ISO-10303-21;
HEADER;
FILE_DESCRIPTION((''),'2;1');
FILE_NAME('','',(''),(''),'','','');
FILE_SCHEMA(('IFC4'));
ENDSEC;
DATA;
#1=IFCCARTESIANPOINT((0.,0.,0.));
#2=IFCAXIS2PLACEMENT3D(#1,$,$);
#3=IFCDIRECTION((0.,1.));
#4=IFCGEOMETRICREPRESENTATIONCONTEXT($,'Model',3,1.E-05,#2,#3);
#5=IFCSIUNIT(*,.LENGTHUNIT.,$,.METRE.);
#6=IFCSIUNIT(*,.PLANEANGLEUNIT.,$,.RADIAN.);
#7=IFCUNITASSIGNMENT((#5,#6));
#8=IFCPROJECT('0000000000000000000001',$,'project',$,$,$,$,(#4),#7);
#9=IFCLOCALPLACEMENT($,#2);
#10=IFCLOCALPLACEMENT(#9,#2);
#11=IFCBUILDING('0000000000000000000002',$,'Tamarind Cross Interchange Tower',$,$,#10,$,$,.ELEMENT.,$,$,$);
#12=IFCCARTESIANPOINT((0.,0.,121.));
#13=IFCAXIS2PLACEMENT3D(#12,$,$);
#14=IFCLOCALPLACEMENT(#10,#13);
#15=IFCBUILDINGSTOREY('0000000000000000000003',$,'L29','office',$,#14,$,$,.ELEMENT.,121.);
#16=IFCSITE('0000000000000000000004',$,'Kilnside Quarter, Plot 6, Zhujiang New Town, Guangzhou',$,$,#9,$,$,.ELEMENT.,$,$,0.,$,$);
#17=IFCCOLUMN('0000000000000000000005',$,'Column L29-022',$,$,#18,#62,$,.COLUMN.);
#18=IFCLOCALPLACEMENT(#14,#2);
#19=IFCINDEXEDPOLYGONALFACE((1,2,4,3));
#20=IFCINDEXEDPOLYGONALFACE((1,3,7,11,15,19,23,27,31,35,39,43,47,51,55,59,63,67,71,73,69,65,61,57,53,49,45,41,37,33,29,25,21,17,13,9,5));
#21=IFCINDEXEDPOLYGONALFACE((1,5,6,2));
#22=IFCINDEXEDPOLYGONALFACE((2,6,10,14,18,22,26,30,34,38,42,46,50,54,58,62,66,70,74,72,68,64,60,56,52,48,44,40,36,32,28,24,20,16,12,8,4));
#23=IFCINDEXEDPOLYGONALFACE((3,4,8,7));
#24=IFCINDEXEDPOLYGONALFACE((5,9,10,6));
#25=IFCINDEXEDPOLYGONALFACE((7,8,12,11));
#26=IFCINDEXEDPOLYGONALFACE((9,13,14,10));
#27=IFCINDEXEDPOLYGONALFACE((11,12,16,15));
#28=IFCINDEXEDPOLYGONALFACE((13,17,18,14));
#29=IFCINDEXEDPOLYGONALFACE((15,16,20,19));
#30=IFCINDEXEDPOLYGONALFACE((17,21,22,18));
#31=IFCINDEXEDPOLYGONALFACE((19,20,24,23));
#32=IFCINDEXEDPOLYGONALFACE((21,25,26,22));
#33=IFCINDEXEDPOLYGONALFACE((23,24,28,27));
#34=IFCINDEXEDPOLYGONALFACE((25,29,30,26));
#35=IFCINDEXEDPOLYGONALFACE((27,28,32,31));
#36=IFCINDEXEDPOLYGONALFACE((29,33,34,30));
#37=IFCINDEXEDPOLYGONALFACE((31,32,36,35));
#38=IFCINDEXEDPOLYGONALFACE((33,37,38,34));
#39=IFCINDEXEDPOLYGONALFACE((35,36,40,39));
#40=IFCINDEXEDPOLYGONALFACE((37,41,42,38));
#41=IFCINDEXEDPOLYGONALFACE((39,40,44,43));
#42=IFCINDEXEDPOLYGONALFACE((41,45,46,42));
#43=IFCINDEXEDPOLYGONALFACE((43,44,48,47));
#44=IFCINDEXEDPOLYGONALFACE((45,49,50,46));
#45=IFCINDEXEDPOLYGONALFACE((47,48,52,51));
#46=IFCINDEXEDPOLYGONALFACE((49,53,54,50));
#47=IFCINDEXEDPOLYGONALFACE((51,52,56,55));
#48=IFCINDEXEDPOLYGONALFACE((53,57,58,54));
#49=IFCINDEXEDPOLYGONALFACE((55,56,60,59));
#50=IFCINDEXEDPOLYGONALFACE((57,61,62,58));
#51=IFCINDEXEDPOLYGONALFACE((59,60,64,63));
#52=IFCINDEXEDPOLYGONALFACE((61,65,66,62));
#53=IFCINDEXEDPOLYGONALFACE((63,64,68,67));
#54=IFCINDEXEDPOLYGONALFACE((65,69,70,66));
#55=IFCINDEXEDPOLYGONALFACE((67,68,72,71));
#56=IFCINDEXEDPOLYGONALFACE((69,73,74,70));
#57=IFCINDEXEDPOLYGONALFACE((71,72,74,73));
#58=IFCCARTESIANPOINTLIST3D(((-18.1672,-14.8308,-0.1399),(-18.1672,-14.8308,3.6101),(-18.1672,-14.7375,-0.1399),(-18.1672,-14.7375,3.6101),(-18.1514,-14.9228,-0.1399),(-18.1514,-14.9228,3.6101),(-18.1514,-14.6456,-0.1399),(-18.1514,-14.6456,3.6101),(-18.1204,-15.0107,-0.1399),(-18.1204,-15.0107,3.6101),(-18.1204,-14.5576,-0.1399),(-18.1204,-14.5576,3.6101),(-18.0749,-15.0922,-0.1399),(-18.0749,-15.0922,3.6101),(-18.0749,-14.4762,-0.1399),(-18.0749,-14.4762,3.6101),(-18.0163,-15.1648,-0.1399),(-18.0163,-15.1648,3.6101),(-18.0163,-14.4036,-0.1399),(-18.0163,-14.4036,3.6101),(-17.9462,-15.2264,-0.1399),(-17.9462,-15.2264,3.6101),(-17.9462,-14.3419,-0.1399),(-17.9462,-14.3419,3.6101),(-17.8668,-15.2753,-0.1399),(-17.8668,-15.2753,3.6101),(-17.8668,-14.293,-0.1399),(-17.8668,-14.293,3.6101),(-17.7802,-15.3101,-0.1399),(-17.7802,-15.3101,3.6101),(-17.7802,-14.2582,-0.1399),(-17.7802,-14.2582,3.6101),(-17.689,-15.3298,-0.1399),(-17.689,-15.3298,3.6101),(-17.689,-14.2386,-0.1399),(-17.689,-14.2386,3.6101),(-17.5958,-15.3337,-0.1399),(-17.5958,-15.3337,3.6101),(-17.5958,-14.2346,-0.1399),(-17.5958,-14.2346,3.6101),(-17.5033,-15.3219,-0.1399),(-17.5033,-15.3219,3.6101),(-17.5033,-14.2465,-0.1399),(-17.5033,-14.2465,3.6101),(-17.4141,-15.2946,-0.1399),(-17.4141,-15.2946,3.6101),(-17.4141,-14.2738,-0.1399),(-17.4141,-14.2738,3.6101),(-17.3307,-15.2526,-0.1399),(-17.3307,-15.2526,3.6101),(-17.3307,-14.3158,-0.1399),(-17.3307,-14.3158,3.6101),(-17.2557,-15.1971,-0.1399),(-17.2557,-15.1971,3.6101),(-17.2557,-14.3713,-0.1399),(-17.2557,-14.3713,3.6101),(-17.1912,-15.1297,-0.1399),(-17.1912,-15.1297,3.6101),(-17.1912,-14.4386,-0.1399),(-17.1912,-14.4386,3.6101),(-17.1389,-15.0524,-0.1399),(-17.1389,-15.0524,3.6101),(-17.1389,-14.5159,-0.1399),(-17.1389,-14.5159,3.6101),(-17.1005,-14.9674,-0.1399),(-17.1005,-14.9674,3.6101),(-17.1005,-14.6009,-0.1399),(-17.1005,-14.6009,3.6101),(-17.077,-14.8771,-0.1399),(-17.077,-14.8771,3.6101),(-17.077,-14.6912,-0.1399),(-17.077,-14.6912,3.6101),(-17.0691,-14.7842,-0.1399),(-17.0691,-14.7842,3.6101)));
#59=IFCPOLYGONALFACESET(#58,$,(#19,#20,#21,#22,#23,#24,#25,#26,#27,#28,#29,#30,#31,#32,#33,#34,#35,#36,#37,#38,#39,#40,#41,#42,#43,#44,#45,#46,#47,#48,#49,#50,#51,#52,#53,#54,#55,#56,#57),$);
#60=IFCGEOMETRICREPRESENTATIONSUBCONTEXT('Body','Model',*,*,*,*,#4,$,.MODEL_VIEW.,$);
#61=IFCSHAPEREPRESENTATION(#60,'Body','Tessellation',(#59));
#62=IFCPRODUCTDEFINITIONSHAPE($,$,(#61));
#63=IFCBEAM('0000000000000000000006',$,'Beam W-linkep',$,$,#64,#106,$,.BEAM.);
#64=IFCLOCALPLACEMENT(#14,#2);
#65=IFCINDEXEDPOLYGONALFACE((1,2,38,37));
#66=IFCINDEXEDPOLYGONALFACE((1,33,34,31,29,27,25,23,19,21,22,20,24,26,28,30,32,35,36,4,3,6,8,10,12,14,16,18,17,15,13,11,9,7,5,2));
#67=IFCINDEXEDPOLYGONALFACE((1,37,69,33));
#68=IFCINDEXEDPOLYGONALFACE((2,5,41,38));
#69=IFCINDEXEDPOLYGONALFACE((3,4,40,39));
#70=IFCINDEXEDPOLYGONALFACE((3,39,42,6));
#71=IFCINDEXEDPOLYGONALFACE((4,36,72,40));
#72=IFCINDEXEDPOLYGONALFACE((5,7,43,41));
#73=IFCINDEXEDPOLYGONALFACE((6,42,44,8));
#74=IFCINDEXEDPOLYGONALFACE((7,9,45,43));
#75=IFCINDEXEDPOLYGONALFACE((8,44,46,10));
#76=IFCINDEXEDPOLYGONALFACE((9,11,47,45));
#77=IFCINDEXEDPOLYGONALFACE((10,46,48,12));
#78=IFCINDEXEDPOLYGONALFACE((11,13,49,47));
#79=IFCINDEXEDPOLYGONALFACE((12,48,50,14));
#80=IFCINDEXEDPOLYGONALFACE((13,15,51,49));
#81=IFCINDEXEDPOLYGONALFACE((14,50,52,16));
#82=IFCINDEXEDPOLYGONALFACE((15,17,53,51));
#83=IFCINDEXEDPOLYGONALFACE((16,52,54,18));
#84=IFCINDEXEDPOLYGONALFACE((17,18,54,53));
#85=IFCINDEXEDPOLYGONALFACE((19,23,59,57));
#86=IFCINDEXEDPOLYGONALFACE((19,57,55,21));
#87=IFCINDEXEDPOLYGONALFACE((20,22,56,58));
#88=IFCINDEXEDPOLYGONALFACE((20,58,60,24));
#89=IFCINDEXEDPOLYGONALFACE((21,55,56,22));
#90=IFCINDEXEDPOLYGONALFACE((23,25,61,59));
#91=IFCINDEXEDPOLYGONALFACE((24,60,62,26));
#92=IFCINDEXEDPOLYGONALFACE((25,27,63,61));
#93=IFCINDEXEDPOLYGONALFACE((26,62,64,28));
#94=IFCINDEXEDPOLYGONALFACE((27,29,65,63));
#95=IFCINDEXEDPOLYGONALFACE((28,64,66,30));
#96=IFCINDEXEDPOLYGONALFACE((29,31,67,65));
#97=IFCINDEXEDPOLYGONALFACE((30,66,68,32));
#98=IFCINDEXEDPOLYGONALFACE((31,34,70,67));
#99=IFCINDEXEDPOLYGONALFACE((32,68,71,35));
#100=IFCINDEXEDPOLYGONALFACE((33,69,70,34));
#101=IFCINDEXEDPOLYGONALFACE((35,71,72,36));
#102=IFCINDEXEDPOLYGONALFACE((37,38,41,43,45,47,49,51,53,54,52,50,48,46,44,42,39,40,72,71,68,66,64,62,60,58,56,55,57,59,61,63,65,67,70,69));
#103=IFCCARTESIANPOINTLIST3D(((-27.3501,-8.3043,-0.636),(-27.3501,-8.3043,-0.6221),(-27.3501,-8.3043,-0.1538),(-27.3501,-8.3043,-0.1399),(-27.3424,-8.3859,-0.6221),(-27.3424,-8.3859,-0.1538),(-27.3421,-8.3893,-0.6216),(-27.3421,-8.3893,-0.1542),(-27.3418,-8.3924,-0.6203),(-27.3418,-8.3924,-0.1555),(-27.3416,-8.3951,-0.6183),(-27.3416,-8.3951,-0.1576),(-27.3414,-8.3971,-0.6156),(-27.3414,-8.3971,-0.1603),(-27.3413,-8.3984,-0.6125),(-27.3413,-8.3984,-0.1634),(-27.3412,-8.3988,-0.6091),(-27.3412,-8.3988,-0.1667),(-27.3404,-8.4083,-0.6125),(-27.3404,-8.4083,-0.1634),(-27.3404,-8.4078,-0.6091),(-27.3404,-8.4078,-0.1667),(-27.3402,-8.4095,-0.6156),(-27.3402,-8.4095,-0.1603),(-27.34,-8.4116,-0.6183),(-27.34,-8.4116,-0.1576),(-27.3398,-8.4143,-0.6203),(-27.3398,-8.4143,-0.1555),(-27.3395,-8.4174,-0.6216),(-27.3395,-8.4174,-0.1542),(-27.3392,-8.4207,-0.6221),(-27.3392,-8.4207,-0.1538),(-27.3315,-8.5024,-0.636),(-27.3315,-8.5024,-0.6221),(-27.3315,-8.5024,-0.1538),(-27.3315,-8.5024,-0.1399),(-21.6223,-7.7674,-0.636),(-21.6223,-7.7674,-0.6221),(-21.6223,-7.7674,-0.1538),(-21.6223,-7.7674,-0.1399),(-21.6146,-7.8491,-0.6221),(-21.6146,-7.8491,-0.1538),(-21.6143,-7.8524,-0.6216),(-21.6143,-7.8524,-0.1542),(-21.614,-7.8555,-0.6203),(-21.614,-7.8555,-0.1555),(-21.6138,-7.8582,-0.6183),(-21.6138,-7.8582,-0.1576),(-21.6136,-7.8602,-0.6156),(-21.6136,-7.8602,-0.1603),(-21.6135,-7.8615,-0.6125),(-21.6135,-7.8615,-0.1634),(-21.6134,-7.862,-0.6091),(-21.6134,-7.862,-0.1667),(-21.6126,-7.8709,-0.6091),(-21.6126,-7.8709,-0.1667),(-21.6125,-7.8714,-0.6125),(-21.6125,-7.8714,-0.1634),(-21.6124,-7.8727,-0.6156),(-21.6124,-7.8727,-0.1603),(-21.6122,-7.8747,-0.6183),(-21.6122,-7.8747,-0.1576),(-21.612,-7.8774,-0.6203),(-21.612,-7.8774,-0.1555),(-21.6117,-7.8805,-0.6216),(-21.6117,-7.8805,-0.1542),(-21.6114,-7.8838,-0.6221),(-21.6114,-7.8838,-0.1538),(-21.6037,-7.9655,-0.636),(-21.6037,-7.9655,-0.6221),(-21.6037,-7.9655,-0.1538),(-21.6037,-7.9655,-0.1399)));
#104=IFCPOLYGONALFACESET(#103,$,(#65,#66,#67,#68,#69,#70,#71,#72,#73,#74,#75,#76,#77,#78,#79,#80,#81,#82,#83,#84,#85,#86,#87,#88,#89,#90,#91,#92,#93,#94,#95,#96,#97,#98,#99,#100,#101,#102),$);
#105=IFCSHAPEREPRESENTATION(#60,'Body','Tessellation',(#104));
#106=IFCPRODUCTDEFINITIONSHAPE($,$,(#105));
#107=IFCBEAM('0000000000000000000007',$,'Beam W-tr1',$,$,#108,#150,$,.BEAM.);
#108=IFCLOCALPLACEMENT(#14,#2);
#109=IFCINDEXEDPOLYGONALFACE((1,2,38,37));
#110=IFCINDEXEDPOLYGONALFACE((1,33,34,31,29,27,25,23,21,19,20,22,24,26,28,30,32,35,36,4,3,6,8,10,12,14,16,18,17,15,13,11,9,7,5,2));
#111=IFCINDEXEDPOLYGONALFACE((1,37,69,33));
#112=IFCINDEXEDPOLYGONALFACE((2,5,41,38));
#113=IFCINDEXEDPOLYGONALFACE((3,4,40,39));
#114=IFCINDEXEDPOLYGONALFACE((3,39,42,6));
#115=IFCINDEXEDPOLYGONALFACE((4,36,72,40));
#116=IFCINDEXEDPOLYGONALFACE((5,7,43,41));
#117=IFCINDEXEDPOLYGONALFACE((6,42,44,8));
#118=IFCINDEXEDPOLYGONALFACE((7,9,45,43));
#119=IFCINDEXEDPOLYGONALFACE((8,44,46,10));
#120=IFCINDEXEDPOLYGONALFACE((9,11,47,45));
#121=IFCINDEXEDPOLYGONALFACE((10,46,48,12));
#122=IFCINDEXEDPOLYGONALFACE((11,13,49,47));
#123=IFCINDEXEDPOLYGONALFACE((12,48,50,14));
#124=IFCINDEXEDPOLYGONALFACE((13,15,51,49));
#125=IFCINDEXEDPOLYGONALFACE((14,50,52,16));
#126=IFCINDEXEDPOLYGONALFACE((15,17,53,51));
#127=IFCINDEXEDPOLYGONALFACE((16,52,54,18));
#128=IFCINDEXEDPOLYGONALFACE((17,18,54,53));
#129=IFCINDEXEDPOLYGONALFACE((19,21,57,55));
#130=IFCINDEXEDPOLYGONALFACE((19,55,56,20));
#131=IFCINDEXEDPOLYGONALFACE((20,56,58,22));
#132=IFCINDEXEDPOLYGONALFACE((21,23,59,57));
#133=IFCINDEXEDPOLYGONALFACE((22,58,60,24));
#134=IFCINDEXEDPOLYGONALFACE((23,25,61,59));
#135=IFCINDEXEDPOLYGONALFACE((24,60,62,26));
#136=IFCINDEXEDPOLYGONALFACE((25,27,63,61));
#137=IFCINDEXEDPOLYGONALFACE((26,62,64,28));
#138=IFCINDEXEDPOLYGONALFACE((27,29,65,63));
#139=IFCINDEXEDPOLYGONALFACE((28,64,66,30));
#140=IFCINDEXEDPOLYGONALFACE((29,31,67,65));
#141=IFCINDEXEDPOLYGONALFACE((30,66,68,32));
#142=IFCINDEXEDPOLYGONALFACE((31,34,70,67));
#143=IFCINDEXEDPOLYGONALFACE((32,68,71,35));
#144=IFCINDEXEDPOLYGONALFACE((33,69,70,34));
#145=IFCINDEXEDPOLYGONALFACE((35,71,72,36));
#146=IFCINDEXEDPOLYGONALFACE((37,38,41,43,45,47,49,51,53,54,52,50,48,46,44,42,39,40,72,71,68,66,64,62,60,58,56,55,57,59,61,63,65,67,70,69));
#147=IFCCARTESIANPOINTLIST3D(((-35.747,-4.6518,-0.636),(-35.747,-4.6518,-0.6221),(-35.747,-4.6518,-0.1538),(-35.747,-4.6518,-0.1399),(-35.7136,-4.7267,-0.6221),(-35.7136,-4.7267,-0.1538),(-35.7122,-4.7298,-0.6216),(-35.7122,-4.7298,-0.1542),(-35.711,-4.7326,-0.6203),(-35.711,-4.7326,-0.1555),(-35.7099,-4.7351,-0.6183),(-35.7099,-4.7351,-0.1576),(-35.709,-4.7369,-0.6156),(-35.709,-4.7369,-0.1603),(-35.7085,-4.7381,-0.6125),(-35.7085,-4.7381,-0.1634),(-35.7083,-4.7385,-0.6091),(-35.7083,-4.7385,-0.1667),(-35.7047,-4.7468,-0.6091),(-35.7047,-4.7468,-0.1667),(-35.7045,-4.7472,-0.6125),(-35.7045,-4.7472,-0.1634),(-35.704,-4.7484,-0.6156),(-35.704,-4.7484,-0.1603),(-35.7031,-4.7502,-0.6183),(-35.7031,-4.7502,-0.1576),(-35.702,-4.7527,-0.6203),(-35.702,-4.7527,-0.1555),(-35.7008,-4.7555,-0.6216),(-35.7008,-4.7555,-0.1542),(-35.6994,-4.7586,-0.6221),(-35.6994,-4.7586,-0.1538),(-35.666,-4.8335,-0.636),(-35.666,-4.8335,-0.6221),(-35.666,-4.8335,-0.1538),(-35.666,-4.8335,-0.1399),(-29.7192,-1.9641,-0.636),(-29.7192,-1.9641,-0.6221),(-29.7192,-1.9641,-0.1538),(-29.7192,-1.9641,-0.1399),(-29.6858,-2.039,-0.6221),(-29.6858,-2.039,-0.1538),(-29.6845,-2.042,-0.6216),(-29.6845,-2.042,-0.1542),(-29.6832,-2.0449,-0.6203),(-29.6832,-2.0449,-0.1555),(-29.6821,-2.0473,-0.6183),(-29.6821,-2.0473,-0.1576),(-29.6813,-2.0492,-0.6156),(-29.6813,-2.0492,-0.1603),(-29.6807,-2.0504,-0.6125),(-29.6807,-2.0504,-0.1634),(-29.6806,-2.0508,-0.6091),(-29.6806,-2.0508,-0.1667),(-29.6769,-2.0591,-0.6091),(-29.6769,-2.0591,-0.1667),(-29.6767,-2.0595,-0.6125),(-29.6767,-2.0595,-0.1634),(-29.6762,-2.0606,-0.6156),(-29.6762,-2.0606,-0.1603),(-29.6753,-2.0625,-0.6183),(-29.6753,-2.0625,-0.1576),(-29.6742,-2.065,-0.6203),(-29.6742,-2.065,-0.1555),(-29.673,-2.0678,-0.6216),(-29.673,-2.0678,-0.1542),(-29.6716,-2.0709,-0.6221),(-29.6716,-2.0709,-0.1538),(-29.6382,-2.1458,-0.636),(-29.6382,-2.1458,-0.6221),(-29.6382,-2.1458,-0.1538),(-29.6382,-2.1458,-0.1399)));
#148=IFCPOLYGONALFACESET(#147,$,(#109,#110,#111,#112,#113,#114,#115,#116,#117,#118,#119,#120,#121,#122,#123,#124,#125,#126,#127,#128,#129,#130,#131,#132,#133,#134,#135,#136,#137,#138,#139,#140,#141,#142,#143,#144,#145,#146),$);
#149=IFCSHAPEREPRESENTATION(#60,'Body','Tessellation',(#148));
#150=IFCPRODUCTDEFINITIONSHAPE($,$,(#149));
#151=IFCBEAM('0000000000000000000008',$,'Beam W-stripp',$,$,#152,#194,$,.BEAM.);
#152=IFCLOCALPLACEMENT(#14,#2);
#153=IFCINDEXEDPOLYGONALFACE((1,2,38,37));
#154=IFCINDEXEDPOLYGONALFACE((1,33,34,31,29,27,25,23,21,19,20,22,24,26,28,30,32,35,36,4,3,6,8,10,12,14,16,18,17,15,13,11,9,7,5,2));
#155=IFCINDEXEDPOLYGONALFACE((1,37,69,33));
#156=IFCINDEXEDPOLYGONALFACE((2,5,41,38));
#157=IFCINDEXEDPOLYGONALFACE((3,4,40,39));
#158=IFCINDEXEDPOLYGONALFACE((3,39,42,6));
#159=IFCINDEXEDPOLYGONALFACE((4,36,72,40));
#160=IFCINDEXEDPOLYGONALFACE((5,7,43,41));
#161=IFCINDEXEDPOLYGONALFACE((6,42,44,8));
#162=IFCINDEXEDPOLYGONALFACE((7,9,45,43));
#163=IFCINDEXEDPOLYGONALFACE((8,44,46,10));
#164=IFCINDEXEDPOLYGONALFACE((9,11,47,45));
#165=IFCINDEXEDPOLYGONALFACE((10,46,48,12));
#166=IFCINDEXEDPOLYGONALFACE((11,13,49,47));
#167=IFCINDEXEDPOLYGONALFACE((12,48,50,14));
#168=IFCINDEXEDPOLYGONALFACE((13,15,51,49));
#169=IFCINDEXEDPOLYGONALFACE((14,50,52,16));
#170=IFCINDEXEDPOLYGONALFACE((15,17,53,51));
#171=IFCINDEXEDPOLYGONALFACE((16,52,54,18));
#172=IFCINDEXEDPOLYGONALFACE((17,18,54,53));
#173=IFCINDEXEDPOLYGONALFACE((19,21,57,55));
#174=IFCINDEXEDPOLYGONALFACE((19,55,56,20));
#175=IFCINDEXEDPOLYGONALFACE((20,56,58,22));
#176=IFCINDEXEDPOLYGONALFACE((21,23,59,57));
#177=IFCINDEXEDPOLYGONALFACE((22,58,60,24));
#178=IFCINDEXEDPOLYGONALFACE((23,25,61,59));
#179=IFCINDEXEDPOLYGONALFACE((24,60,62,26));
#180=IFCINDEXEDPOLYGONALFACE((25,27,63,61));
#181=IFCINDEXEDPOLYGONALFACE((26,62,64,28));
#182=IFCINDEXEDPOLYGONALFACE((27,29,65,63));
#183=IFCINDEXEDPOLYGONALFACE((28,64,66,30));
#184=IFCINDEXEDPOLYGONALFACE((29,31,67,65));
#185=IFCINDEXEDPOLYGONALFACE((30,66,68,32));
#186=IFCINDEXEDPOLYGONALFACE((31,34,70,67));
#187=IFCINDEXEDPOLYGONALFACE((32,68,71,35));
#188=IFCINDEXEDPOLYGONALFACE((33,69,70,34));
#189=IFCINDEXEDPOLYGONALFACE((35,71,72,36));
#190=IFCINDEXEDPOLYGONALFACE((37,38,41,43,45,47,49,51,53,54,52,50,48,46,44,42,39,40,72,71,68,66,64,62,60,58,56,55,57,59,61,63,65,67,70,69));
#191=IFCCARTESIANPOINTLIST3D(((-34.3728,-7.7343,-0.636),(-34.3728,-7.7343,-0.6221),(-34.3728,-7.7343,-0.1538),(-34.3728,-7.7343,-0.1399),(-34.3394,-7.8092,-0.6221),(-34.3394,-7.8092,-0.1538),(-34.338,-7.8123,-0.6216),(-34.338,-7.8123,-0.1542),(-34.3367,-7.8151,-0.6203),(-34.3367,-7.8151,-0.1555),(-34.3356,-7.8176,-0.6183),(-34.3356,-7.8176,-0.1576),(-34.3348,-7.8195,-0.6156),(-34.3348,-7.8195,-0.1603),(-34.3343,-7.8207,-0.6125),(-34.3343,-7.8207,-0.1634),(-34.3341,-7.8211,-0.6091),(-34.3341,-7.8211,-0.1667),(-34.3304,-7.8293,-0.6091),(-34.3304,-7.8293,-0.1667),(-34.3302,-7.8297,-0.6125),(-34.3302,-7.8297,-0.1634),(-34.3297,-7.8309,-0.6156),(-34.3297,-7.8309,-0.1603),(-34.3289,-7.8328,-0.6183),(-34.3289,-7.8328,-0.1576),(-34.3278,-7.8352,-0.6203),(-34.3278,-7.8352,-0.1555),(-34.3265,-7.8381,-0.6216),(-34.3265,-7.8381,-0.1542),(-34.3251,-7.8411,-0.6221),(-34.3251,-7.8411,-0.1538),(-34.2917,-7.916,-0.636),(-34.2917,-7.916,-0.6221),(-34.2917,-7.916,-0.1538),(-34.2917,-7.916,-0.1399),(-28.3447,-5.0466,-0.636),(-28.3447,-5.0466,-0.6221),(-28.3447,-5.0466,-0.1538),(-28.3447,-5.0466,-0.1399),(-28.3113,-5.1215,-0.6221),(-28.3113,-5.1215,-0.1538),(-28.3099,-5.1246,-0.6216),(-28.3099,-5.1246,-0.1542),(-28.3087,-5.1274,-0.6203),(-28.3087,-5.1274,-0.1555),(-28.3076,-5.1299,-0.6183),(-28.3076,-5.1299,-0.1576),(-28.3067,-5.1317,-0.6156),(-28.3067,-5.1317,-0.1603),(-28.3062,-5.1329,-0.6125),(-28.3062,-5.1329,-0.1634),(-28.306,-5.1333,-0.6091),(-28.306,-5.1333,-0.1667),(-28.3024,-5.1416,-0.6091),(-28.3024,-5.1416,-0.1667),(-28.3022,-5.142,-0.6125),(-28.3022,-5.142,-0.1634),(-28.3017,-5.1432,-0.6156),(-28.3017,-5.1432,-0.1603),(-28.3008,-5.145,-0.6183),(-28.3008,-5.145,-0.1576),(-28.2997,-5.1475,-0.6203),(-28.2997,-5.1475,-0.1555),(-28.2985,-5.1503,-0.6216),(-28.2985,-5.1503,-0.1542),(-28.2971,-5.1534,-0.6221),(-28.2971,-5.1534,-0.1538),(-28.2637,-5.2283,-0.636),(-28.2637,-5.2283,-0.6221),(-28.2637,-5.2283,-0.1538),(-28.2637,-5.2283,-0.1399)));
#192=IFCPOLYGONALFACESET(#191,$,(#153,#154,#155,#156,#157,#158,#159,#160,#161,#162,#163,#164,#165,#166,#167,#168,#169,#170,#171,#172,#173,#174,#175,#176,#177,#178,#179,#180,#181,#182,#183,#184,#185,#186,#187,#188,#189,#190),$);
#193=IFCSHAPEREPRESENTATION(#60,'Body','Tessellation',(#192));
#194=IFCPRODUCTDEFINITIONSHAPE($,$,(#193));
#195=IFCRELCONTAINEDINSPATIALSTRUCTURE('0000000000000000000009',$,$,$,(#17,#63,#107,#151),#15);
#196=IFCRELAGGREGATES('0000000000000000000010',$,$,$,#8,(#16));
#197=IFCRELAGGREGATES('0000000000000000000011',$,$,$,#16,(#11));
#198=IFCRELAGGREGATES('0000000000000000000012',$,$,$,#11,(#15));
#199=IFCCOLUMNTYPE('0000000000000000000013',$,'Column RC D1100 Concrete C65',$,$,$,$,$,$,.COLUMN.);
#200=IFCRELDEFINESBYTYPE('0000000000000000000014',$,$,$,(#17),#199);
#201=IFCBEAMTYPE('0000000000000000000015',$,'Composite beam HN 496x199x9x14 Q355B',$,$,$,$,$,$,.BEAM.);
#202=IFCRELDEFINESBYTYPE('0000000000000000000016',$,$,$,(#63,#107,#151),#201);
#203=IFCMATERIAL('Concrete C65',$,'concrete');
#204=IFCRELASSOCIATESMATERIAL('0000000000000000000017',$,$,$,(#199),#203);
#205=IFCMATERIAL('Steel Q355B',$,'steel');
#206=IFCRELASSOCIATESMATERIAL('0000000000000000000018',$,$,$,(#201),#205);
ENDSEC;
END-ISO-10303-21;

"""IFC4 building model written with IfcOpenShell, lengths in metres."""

from ifc_helpers import new_model, si_unit, direction, frame, origin, origin_2d, place, context, subcontext, project, spatial, circle, i_section, extrude, material, material_profile, profile_set, type_object, element, save


model = new_model("IFC4")

# Units and contexts
model_context = context("Model", 3, precision=1e-05, world=origin(), true_north=direction((0.0, 1.0)))
body_context = subcontext(model_context, "Body", "Model", "MODEL_VIEW")
ifc_project = project(units=[si_unit("LENGTHUNIT", "METRE"), si_unit("PLANEANGLEUNIT", "RADIAN")], contexts=[model_context])

# Site, building, storey
site_placement = place(None, origin())
site = spatial("IfcSite", under=ifc_project, at=site_placement, Name="Kilnside Quarter, Plot 6, Zhujiang New Town, Guangzhou", CompositionType="ELEMENT", RefElevation=0.0)
building_placement = place(site_placement, origin())
building = spatial("IfcBuilding", under=site, at=building_placement, Name="Tamarind Cross Interchange Tower", CompositionType="ELEMENT")
storey_placement = place(building_placement, frame((0.0, 0.0, 121.0)))
storey = spatial("IfcBuildingStorey", under=building, at=storey_placement, Name="L29", Description="office", CompositionType="ELEMENT", Elevation=121.0)

# Column
ifc_material_1 = material(Name="Concrete C65", Category="concrete")
ifc_material_profile_1 = material_profile(ifc_material_1, circle(Radius=0.55, at=origin_2d()), Name="RC D1100")
ifc_profile_set_1 = profile_set([ifc_material_profile_1], Name="Concrete C65")
column_type_1 = type_object("IfcColumnType", Name="Column RC D1100 Concrete C65", PredefinedType="COLUMN", material=ifc_profile_set_1)
for number, where, z_axis, x_axis, name in (
    (1, (-17.6191, -14.7842, -0.1399), (0.0, 0.0, 1.0), (1.0, 0.0, 0.0), "Column L29-022"),
):
    element("IfcColumn", number, at=place(storey_placement, frame(where, z_axis=z_axis, x_axis=x_axis)), inside=storey, type_object=column_type_1, Name=name, PredefinedType="COLUMN", context=body_context, shape_type="SweptSolid", body=[
        extrude(circle(Radius=0.55, at=origin_2d()), origin(), (0.0, 0.0, 1.0), 3.75),
    ])

# Beams
ifc_material_2 = material(Name="Steel Q355B", Category="steel")
ifc_material_profile_2 = material_profile(ifc_material_2, i_section(OverallWidth=0.199, OverallDepth=0.4961, WebThickness=0.009, FlangeThickness=0.0139, FilletRadius=0.0129, at=origin_2d()), Name="HN 496x199x9x14")
ifc_profile_set_2 = profile_set([ifc_material_profile_2], Name="Steel Q355B")
beam_type_1 = type_object("IfcBeamType", Name="Composite beam HN 496x199x9x14 Q355B", PredefinedType="BEAM", material=ifc_profile_set_2)
beam_1_placement = place(storey_placement, frame((-27.3408, -8.4033, -0.3879), z_axis=(0.995636, 0.093321, 0.0), x_axis=(-0.093321, 0.995636, 0.0)))
element("IfcBeam", 2, at=beam_1_placement, inside=storey, type_object=beam_type_1, Name="Beam W-linkep", PredefinedType="BEAM", context=body_context, shape_type="SweptSolid", body=[
    extrude(i_section(OverallWidth=0.199, OverallDepth=0.4961, WebThickness=0.009, FlangeThickness=0.0139, FilletRadius=0.0129, at=origin_2d()), origin(), (0.0, 0.0, 1.0), 5.7529),
])
beam_2_placement = place(storey_placement, frame((-29.6787, -2.0549, -0.3879), z_axis=(-0.913321, -0.40724, 0.0), x_axis=(0.40724, -0.913321, 0.0)))
element("IfcBeam", 3, at=beam_2_placement, inside=storey, type_object=beam_type_1, Name="Beam W-tr1", PredefinedType="BEAM", context=body_context, shape_type="SweptSolid", body=[
    extrude(i_section(OverallWidth=0.199, OverallDepth=0.4961, WebThickness=0.009, FlangeThickness=0.0139, FilletRadius=0.0129, at=origin_2d()), origin(), (0.0, 0.0, 1.0), 6.5999),
])
beam_3_placement = place(storey_placement, frame((-28.3042, -5.1375, -0.3879), z_axis=(-0.913327, -0.407226, 0.0), x_axis=(0.407226, -0.913327, 0.0)))
element("IfcBeam", 4, at=beam_3_placement, inside=storey, type_object=beam_type_1, Name="Beam W-stripp", PredefinedType="BEAM", context=body_context, shape_type="SweptSolid", body=[
    extrude(i_section(OverallWidth=0.199, OverallDepth=0.4961, WebThickness=0.009, FlangeThickness=0.0139, FilletRadius=0.0129, at=origin_2d()), origin(), (0.0, 0.0, 1.0), 6.6001),
])

save(model, "model.ifc")
